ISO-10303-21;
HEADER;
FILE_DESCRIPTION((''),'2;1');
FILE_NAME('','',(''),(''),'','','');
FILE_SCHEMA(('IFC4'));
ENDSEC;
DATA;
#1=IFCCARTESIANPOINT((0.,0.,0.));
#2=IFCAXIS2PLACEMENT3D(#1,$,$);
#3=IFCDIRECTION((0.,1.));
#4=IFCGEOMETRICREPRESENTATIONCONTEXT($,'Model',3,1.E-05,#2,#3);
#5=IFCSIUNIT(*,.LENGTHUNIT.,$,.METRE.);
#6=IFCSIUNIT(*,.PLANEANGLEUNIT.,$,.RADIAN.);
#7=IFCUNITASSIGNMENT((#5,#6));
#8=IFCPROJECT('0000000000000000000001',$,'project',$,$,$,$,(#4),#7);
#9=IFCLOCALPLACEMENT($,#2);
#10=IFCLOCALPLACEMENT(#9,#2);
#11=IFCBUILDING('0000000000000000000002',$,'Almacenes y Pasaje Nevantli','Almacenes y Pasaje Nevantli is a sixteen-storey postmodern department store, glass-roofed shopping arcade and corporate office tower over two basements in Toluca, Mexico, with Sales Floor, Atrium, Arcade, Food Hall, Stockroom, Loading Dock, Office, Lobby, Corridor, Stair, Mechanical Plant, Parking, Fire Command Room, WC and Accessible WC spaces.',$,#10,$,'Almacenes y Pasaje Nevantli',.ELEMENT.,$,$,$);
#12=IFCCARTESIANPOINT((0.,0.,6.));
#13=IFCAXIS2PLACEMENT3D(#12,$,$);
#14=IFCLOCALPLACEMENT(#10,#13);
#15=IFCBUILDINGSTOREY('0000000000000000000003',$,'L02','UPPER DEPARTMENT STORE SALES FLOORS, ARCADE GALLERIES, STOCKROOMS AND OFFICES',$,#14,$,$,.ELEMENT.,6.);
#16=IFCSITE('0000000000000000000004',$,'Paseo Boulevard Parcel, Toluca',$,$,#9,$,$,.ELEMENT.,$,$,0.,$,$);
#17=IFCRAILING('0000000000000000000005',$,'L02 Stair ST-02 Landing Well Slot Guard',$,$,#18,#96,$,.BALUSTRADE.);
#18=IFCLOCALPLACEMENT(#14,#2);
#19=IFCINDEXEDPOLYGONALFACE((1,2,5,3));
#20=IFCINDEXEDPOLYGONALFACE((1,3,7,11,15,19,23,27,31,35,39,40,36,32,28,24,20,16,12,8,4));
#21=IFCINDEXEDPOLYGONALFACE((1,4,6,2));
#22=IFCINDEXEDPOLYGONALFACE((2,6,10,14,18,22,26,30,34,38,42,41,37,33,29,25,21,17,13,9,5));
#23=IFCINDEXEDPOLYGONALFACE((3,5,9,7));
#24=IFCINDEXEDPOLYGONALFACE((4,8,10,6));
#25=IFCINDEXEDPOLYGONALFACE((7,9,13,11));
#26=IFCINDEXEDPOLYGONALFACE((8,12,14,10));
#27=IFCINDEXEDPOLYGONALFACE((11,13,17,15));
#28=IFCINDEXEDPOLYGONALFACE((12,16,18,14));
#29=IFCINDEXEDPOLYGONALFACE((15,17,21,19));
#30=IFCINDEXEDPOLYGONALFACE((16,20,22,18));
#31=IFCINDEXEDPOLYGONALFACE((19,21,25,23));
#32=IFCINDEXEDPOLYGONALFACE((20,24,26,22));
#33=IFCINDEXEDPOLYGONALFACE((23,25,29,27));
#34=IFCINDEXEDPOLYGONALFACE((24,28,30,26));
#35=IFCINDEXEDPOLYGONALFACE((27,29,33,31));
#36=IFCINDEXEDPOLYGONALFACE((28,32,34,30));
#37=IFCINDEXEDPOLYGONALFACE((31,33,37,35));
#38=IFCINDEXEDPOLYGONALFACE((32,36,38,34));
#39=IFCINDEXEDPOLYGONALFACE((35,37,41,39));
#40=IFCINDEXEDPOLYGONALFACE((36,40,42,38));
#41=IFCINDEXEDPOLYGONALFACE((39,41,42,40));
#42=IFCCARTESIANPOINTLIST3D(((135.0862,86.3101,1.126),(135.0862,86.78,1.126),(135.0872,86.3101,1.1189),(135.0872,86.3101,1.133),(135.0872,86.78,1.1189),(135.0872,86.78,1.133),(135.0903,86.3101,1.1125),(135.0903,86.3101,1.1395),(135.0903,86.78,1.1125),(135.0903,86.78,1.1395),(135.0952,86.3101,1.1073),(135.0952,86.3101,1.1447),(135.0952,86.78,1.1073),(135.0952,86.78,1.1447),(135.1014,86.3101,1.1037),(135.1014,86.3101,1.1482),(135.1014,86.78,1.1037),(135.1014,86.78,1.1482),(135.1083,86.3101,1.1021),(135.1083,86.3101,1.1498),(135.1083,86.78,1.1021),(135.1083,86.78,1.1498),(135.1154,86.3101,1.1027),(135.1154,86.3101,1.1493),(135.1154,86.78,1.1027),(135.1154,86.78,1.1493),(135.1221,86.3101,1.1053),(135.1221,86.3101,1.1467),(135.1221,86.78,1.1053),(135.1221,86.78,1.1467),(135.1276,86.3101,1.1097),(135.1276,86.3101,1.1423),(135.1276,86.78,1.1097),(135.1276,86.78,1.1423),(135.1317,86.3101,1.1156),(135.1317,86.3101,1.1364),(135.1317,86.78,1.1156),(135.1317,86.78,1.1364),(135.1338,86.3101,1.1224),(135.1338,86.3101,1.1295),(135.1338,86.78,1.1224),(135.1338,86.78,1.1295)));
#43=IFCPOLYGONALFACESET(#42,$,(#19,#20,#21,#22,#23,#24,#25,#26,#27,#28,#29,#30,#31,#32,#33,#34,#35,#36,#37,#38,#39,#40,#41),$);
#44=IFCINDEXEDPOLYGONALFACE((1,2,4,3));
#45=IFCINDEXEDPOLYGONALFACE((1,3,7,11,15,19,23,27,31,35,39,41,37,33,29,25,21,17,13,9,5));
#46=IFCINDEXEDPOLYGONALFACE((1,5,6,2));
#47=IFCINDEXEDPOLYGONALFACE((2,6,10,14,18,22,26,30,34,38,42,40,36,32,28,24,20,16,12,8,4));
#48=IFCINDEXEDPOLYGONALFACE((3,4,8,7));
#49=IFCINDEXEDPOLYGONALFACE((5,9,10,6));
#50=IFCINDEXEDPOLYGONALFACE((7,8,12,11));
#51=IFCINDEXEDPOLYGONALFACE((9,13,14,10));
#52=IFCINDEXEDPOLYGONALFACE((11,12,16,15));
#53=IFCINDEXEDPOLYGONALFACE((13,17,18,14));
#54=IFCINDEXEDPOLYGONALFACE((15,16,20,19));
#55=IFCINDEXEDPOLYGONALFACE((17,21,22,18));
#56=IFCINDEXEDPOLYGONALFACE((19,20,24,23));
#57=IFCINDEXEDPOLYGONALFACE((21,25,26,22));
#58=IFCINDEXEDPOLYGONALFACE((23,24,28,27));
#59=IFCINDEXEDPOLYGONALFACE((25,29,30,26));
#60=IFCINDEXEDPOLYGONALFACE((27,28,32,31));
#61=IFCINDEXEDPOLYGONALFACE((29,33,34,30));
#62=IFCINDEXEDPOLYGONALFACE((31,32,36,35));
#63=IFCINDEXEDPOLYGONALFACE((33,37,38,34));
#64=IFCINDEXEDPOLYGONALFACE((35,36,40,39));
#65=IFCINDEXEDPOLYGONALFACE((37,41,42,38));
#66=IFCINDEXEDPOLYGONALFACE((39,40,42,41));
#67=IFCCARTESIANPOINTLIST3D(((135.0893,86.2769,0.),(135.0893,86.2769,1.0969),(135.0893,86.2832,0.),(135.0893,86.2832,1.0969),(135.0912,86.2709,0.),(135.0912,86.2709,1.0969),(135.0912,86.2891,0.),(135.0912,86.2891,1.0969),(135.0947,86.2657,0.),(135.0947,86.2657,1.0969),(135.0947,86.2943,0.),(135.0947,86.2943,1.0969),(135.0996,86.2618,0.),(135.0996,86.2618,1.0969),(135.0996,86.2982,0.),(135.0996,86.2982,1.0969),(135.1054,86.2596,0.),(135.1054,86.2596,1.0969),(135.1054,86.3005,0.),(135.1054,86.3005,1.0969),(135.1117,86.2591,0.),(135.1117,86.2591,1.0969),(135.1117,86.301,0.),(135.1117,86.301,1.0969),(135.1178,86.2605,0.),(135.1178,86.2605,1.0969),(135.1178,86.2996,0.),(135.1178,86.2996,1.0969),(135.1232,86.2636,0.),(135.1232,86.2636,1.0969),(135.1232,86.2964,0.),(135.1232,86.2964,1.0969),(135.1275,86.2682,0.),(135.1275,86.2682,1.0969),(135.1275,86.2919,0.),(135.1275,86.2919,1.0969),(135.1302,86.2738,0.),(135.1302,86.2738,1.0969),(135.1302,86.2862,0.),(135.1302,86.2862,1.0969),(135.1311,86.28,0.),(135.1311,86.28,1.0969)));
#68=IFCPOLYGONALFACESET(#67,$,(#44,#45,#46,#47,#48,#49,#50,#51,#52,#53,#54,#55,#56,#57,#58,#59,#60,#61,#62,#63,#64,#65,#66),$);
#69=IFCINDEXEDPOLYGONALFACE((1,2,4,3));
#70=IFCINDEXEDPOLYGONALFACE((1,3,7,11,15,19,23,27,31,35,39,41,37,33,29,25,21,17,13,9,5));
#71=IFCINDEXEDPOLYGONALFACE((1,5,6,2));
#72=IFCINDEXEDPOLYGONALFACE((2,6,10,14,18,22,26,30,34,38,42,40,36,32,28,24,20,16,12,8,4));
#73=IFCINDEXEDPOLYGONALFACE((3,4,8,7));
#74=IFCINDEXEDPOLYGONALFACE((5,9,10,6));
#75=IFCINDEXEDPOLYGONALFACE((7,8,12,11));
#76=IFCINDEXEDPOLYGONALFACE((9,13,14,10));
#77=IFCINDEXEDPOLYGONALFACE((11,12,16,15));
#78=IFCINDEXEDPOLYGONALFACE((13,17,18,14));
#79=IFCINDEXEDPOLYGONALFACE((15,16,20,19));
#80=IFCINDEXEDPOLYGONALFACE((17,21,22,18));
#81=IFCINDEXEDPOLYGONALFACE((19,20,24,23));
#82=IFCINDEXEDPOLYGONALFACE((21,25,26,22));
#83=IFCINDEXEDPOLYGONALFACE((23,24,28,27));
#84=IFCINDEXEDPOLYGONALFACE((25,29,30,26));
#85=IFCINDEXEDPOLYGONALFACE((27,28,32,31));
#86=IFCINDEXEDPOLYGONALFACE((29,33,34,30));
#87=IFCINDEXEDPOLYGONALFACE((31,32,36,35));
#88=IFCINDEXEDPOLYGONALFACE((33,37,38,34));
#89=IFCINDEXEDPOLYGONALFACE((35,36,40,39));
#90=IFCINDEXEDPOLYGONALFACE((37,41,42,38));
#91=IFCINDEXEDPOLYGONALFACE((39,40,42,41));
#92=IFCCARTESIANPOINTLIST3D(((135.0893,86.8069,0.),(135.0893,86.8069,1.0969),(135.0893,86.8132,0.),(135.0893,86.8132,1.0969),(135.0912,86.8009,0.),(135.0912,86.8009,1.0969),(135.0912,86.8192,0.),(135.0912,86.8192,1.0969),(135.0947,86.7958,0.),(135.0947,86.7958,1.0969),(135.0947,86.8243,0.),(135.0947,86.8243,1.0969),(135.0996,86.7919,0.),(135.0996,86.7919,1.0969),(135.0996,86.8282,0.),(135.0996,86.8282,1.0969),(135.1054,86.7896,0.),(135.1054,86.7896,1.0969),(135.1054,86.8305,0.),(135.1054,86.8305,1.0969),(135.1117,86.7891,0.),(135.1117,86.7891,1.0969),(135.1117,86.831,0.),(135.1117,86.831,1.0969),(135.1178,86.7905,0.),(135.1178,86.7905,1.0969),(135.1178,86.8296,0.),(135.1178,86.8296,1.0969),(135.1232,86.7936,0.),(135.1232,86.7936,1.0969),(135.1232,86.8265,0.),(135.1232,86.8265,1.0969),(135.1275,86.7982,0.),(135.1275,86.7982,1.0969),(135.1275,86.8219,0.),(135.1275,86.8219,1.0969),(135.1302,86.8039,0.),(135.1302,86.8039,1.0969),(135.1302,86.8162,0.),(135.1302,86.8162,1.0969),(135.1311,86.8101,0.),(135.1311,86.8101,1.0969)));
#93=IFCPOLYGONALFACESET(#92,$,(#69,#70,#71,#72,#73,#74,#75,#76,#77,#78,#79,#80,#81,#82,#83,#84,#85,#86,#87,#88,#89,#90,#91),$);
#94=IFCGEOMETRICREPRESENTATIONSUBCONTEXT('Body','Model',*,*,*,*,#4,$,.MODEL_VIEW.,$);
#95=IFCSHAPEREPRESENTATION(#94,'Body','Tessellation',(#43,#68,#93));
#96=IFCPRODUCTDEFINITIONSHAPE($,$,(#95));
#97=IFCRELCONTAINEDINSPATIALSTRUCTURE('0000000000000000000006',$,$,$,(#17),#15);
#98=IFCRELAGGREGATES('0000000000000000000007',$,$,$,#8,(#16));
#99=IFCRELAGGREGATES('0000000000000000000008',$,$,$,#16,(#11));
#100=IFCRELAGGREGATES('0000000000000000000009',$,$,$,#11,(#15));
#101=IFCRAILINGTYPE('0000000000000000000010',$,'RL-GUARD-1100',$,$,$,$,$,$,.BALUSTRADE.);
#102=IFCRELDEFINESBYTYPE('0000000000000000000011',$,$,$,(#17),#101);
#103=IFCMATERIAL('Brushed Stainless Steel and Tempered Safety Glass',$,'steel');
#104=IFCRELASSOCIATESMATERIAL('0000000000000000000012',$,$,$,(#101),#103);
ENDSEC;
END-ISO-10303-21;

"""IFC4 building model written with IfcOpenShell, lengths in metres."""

from ifc_helpers import new_model, si_unit, direction, frame, origin, origin_2d, place, context, subcontext, project, spatial, circle, extrude, material, type_object, element, save


model = new_model("IFC4")

# Units and contexts
model_context = context("Model", 3, precision=1e-05, world=origin(), true_north=direction((0.0, 1.0)))
body_context = subcontext(model_context, "Body", "Model", "MODEL_VIEW")
ifc_project = project(units=[si_unit("LENGTHUNIT", "METRE"), si_unit("PLANEANGLEUNIT", "RADIAN")], contexts=[model_context])

# Site, building, storey
site_placement = place(None, origin())
site = spatial("IfcSite", under=ifc_project, at=site_placement, Name="Paseo Boulevard Parcel, Toluca", CompositionType="ELEMENT", RefElevation=0.0)
building_placement = place(site_placement, origin())
building = spatial("IfcBuilding", under=site, at=building_placement, Name="Almacenes y Pasaje Nevantli", Description="Almacenes y Pasaje Nevantli is a sixteen-storey postmodern department store, glass-roofed shopping arcade and corporate office tower over two basements in Toluca, Mexico, with Sales Floor, Atrium, Arcade, Food Hall, Stockroom, Loading Dock, Office, Lobby, Corridor, Stair, Mechanical Plant, Parking, Fire Command Room, WC and Accessible WC spaces.", LongName="Almacenes y Pasaje Nevantli", CompositionType="ELEMENT")
storey_placement = place(building_placement, frame((0.0, 0.0, 6.0)))
storey = spatial("IfcBuildingStorey", under=building, at=storey_placement, Name="L02", Description="UPPER DEPARTMENT STORE SALES FLOORS, ARCADE GALLERIES, STOCKROOMS AND OFFICES", CompositionType="ELEMENT", Elevation=6.0)

# Railing
ifc_material_1 = material(Name="Brushed Stainless Steel and Tempered Safety Glass", Category="steel")
railing_type_1 = type_object("IfcRailingType", Name="RL-GUARD-1100", PredefinedType="BALUSTRADE", material=ifc_material_1)
railing_1_placement = place(storey_placement, frame((135.1101, 86.28, 0.0)))
element("IfcRailing", 1, at=railing_1_placement, inside=storey, type_object=railing_type_1, Name="L02 Stair ST-02 Landing Well Slot Guard", PredefinedType="BALUSTRADE", context=body_context, shape_type="SweptSolid", body=[
    extrude(circle(Radius=0.0239, at=origin_2d()), frame((0.0, 0.03, 1.126), z_axis=(0.0, 1.0, 0.0), x_axis=(-1.0, 0.0, 0.0)), (0.0, 0.0, 1.0), 0.47),
    extrude(circle(Radius=0.021, at=origin_2d()), origin(), (0.0, 0.0, 1.0), 1.0969),
    extrude(circle(Radius=0.021, at=origin_2d()), frame((0.0, 0.53, 0.0)), (0.0, 0.0, 1.0), 1.0969),
])

save(model, "model.ifc")
